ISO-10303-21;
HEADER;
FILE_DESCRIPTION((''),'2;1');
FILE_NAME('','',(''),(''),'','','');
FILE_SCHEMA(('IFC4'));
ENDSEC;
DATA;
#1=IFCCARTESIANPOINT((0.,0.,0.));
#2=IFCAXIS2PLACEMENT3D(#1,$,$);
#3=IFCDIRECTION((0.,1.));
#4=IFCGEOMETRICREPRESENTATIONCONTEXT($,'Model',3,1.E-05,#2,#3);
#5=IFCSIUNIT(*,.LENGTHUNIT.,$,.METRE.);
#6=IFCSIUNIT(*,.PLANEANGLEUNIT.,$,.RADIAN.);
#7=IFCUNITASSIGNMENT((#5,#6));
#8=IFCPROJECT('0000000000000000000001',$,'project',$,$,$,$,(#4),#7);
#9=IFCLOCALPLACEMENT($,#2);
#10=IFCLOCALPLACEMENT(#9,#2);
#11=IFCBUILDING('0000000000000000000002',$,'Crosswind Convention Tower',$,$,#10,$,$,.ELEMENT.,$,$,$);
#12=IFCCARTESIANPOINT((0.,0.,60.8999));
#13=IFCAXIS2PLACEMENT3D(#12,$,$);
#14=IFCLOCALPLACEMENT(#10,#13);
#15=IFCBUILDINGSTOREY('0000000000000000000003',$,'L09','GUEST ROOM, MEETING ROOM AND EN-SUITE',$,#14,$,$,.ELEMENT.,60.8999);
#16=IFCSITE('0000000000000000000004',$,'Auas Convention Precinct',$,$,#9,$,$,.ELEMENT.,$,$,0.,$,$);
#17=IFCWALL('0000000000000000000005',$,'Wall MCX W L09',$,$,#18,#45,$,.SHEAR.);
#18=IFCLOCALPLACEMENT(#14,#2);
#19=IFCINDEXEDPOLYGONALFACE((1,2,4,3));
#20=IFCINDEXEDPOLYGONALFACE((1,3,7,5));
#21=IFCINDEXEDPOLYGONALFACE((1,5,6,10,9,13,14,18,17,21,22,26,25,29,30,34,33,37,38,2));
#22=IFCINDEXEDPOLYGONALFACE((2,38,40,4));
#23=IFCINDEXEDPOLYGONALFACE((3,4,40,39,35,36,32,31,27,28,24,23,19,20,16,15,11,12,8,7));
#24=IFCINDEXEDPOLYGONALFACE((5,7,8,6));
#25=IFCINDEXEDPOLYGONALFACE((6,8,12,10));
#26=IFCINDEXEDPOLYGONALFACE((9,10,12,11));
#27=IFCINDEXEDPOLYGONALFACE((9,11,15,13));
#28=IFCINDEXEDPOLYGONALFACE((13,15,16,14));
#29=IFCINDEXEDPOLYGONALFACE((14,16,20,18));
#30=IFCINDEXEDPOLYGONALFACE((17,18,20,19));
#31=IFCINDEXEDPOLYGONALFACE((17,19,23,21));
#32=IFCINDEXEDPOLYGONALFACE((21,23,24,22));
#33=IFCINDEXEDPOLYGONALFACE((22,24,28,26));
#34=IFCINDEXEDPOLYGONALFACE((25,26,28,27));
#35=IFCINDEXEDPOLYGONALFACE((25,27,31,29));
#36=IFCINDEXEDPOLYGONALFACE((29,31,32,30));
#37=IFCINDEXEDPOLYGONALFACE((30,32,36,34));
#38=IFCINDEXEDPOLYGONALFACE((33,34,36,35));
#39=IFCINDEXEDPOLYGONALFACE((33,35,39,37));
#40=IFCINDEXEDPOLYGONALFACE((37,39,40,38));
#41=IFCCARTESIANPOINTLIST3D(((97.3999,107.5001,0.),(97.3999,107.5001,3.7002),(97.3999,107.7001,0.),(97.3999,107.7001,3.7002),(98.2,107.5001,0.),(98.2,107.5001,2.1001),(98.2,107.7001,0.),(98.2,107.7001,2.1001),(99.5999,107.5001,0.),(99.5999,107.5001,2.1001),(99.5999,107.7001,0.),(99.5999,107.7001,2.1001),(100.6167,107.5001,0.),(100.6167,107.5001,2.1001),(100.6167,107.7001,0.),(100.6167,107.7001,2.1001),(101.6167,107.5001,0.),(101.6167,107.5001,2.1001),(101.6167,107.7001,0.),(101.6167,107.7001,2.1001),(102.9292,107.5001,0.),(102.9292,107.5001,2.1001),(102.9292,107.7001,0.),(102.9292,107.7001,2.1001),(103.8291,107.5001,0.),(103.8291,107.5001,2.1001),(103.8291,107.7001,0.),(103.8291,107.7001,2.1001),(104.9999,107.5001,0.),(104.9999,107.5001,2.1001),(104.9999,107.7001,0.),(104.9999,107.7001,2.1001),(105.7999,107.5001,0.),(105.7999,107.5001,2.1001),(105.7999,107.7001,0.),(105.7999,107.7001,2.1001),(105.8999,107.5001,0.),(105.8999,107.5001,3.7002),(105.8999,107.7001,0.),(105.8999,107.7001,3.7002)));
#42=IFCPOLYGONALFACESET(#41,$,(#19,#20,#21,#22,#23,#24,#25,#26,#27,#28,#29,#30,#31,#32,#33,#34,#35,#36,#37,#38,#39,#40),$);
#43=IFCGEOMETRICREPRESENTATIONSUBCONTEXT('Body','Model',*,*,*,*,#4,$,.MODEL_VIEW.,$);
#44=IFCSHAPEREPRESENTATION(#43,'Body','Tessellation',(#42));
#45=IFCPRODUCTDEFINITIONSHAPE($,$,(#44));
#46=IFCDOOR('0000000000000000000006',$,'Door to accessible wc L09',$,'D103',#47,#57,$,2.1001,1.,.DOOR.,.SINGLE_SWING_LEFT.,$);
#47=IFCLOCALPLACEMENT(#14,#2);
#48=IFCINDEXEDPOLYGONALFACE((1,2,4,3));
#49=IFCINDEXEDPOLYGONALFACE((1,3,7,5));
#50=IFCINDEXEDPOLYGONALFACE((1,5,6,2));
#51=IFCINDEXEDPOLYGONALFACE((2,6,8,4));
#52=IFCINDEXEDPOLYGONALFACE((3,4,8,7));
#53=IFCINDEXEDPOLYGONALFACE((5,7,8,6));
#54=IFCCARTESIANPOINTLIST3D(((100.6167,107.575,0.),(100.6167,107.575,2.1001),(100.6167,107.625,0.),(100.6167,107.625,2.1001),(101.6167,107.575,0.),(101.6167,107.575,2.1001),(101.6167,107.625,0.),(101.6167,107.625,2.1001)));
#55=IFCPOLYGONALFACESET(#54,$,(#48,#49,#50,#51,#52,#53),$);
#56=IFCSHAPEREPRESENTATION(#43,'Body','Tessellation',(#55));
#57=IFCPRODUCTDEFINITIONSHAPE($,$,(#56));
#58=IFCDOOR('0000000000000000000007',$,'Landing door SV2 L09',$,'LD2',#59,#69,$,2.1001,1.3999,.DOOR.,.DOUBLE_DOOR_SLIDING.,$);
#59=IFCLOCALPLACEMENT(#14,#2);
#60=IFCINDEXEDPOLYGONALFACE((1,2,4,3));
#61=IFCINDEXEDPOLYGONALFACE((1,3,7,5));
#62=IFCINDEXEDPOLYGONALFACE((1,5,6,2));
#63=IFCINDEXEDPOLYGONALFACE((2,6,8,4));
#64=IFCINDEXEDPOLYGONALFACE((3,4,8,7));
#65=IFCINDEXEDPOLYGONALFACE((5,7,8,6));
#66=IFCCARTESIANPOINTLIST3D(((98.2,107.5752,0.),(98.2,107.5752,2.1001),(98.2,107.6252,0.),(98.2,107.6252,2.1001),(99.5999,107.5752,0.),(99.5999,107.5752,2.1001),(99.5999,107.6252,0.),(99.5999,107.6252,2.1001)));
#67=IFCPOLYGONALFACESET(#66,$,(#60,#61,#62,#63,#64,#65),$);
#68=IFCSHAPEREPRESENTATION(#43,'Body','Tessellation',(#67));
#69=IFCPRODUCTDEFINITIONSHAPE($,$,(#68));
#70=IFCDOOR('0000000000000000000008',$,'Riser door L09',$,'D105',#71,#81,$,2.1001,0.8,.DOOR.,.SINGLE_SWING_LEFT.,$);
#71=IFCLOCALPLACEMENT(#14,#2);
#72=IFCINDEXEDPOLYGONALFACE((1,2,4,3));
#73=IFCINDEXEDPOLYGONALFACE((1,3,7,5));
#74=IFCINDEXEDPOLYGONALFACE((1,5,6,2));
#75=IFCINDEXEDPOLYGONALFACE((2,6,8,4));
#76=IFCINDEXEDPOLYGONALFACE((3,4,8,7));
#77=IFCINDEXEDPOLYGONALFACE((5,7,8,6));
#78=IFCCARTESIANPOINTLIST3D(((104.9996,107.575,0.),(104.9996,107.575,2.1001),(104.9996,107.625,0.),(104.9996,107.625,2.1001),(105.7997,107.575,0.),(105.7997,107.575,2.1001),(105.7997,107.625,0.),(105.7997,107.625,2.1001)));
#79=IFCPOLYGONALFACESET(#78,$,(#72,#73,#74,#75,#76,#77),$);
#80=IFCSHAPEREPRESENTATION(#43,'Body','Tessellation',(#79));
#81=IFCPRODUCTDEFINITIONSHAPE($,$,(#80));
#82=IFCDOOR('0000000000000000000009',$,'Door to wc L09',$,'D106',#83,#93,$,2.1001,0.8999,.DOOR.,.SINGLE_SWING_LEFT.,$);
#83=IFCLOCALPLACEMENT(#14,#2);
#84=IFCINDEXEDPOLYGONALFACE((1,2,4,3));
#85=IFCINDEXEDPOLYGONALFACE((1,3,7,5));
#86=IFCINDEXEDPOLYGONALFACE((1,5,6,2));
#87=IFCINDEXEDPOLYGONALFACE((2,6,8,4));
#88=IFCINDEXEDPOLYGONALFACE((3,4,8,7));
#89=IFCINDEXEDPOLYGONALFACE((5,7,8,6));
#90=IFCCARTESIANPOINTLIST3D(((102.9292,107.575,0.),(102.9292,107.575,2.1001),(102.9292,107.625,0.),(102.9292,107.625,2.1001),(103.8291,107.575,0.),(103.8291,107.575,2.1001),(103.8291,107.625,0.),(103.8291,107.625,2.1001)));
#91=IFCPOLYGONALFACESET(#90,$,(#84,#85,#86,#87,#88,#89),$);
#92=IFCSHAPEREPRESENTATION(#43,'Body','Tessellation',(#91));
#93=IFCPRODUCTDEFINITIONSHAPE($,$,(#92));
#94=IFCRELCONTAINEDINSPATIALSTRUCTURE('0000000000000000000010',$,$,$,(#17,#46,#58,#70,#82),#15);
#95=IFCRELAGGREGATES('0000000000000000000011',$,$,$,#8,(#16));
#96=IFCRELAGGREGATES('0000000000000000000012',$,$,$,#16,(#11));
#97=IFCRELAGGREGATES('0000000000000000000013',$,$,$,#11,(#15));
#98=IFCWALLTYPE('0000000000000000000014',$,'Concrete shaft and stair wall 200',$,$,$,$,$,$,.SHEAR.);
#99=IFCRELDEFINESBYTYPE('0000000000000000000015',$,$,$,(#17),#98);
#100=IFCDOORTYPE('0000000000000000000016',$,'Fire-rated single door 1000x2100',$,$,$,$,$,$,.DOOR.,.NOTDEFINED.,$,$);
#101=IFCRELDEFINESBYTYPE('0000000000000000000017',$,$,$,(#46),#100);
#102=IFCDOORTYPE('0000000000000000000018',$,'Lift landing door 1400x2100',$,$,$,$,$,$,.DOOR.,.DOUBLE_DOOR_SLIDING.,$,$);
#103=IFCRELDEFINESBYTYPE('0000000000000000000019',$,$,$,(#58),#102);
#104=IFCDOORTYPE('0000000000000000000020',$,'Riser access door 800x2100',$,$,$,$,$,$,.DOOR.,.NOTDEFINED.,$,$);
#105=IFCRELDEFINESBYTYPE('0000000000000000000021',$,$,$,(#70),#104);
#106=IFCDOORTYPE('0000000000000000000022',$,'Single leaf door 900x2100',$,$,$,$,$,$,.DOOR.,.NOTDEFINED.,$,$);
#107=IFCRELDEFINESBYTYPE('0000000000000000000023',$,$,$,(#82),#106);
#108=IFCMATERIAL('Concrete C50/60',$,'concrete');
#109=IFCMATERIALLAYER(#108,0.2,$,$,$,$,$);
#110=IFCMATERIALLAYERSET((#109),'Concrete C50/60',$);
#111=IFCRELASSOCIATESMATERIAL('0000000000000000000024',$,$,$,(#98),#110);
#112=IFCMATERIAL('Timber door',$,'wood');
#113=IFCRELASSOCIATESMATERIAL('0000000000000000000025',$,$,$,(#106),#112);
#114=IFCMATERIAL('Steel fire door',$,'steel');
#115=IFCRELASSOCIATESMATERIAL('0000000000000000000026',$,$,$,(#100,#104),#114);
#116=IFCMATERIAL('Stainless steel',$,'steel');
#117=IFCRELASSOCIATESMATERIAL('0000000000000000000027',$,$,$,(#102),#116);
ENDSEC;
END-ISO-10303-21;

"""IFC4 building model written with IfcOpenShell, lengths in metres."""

from ifc_helpers import new_model, si_unit, direction, frame, frame_2d, origin, place, context, subcontext, project, spatial, rectangle, extrude, material, layer, layer_set, type_object, element, fill, save


model = new_model("IFC4")

# Units and contexts
model_context = context("Model", 3, precision=1e-05, world=origin(), true_north=direction((0.0, 1.0)))
body_context = subcontext(model_context, "Body", "Model", "MODEL_VIEW")
ifc_project = project(units=[si_unit("LENGTHUNIT", "METRE"), si_unit("PLANEANGLEUNIT", "RADIAN")], contexts=[model_context])

# Site, building, storey
site_placement = place(None, origin())
site = spatial("IfcSite", under=ifc_project, at=site_placement, Name="Auas Convention Precinct", CompositionType="ELEMENT", RefElevation=0.0)
building_placement = place(site_placement, origin())
building = spatial("IfcBuilding", under=site, at=building_placement, Name="Crosswind Convention Tower", CompositionType="ELEMENT")
storey_placement = place(building_placement, frame((0.0, 0.0, 60.8999)))
storey = spatial("IfcBuildingStorey", under=building, at=storey_placement, Name="L09", Description="GUEST ROOM, MEETING ROOM AND EN-SUITE", CompositionType="ELEMENT", Elevation=60.8999)

# Shared definitions
ifc_material_1 = material(Name="Concrete C50/60", Category="concrete")

# Shared definitions
ifc_layer_1 = layer(ifc_material_1, 0.2)
ifc_layer_set_1 = layer_set([ifc_layer_1], Name="Concrete C50/60")
wall_type_1 = type_object("IfcWallType", Name="Concrete shaft and stair wall 200", PredefinedType="SHEAR", material=ifc_layer_set_1)

# Shared definitions
ifc_material_2 = material(Name="Timber door", Category="wood")
door_type_1 = type_object("IfcDoorType", Name="Single leaf door 900x2100", OperationType="NOTDEFINED", PredefinedType="DOOR", material=ifc_material_2)

# Shared definitions
ifc_material_3 = material(Name="Steel fire door", Category="steel")
door_type_2 = type_object("IfcDoorType", Name="Fire-rated single door 1000x2100", OperationType="NOTDEFINED", PredefinedType="DOOR", material=ifc_material_3)

# Wall, openings, doors
wall_1_placement = place(storey_placement, frame((105.8999, 107.6001, 0.0), z_axis=(0.0, 0.0, 1.0), x_axis=(-1.0, 0.0, 0.0)))
wall_1 = element("IfcWall", 1, at=wall_1_placement, inside=storey, type_object=wall_type_1, Name="Wall MCX W L09", PredefinedType="SHEAR", context=body_context, shape_type="SweptSolid", body=[
    extrude(rectangle(XDim=8.5, YDim=0.2, at=frame_2d((4.25, 0.0))), origin(), (0.0, 0.0, 1.0), 3.7002),
])
opening_1_placement = place(wall_1_placement, frame((0.1001, 0.0, 0.0)))
opening_1 = element("IfcOpeningElement", 2, at=opening_1_placement, cuts=wall_1, PredefinedType="OPENING", context=body_context, shape_type="SweptSolid", body=[
    extrude(rectangle(XDim=0.8, YDim=2.1001, at=frame_2d((0.3999, 1.05))), frame((0.0, 0.1099, 0.0), z_axis=(0.0, -1.0, 0.0), x_axis=(1.0, 0.0, 0.0)), (0.0, 0.0, 1.0), 0.22),
])
opening_2_placement = place(wall_1_placement, frame((2.0708, 0.0, 0.0)))
opening_2 = element("IfcOpeningElement", 3, at=opening_2_placement, cuts=wall_1, PredefinedType="OPENING", context=body_context, shape_type="SweptSolid", body=[
    extrude(rectangle(XDim=0.8999, YDim=2.1001, at=frame_2d((0.45, 1.05))), frame((0.0, 0.1099, 0.0), z_axis=(0.0, -1.0, 0.0), x_axis=(1.0, 0.0, 0.0)), (0.0, 0.0, 1.0), 0.22),
])
opening_3_placement = place(wall_1_placement, frame((4.2832, 0.0, 0.0)))
opening_3 = element("IfcOpeningElement", 4, at=opening_3_placement, cuts=wall_1, PredefinedType="OPENING", context=body_context, shape_type="SweptSolid", body=[
    extrude(rectangle(XDim=1.0, YDim=2.1001, at=frame_2d((0.5, 1.05))), frame((0.0, 0.1099, 0.0), z_axis=(0.0, -1.0, 0.0), x_axis=(1.0, 0.0, 0.0)), (0.0, 0.0, 1.0), 0.22),
])
opening_4_placement = place(wall_1_placement, frame((6.3, 0.0, 0.0)))
opening_4 = element("IfcOpeningElement", 5, at=opening_4_placement, cuts=wall_1, PredefinedType="OPENING", context=body_context, shape_type="SweptSolid", body=[
    extrude(rectangle(XDim=1.3999, YDim=2.1001, at=frame_2d((0.7, 1.05))), frame((0.0, 0.1099, 0.0), z_axis=(0.0, -1.0, 0.0), x_axis=(1.0, 0.0, 0.0)), (0.0, 0.0, 1.0), 0.22),
])
door_1_placement = place(opening_3_placement, frame((1.0, 0.0, 0.0), z_axis=(0.0, 0.0, 1.0), x_axis=(-1.0, 0.0, 0.0)))
door_1 = element("IfcDoor", 6, at=door_1_placement, inside=storey, type_object=door_type_2, Name="Door to accessible wc L09", ObjectType="D103", OperationType="SINGLE_SWING_LEFT", OverallHeight=2.1001, OverallWidth=1.0, PredefinedType="DOOR", context=body_context, shape_type="SweptSolid", body=[
    extrude(rectangle(XDim=1.0, YDim=2.1001, at=frame_2d((0.5, 1.05))), frame((0.0, 0.0249, 0.0), z_axis=(0.0, -1.0, 0.0), x_axis=(1.0, 0.0, 0.0)), (0.0, 0.0, 1.0), 0.05),
])
fill(opening_3, door_1)
ifc_material_4 = material(Name="Stainless steel", Category="steel")
door_type_3 = type_object("IfcDoorType", Name="Lift landing door 1400x2100", OperationType="DOUBLE_DOOR_SLIDING", PredefinedType="DOOR", material=ifc_material_4)
door_2_placement = place(opening_4_placement, origin())
door_2 = element("IfcDoor", 7, at=door_2_placement, inside=storey, type_object=door_type_3, Name="Landing door SV2 L09", ObjectType="LD2", OperationType="DOUBLE_DOOR_SLIDING", OverallHeight=2.1001, OverallWidth=1.3999, PredefinedType="DOOR", context=body_context, shape_type="SweptSolid", body=[
    extrude(rectangle(XDim=1.3999, YDim=2.1001, at=frame_2d((0.7, 1.05))), frame((0.0, 0.0249, 0.0), z_axis=(0.0, -1.0, 0.0), x_axis=(1.0, 0.0, 0.0)), (0.0, 0.0, 1.0), 0.05),
])
fill(opening_4, door_2)
door_type_4 = type_object("IfcDoorType", Name="Riser access door 800x2100", OperationType="NOTDEFINED", PredefinedType="DOOR", material=ifc_material_3)
door_3_placement = place(opening_1_placement, frame((0.8, 0.0, 0.0), z_axis=(0.0, 0.0, 1.0), x_axis=(-1.0, 0.0, 0.0)))
door_3 = element("IfcDoor", 8, at=door_3_placement, inside=storey, type_object=door_type_4, Name="Riser door L09", ObjectType="D105", OperationType="SINGLE_SWING_LEFT", OverallHeight=2.1001, OverallWidth=0.8, PredefinedType="DOOR", context=body_context, shape_type="SweptSolid", body=[
    extrude(rectangle(XDim=0.8, YDim=2.1001, at=frame_2d((0.3999, 1.05))), frame((0.0, 0.0249, 0.0), z_axis=(0.0, -1.0, 0.0), x_axis=(1.0, 0.0, 0.0)), (0.0, 0.0, 1.0), 0.05),
])
fill(opening_1, door_3)
door_4_placement = place(opening_2_placement, frame((0.8999, 0.0, 0.0), z_axis=(0.0, 0.0, 1.0), x_axis=(-1.0, 0.0, 0.0)))
door_4 = element("IfcDoor", 9, at=door_4_placement, inside=storey, type_object=door_type_1, Name="Door to wc L09", ObjectType="D106", OperationType="SINGLE_SWING_LEFT", OverallHeight=2.1001, OverallWidth=0.8999, PredefinedType="DOOR", context=body_context, shape_type="SweptSolid", body=[
    extrude(rectangle(XDim=0.8999, YDim=2.1001, at=frame_2d((0.45, 1.05))), frame((0.0, 0.0249, 0.0), z_axis=(0.0, -1.0, 0.0), x_axis=(1.0, 0.0, 0.0)), (0.0, 0.0, 1.0), 0.05),
])
fill(opening_2, door_4)

save(model, "model.ifc")
